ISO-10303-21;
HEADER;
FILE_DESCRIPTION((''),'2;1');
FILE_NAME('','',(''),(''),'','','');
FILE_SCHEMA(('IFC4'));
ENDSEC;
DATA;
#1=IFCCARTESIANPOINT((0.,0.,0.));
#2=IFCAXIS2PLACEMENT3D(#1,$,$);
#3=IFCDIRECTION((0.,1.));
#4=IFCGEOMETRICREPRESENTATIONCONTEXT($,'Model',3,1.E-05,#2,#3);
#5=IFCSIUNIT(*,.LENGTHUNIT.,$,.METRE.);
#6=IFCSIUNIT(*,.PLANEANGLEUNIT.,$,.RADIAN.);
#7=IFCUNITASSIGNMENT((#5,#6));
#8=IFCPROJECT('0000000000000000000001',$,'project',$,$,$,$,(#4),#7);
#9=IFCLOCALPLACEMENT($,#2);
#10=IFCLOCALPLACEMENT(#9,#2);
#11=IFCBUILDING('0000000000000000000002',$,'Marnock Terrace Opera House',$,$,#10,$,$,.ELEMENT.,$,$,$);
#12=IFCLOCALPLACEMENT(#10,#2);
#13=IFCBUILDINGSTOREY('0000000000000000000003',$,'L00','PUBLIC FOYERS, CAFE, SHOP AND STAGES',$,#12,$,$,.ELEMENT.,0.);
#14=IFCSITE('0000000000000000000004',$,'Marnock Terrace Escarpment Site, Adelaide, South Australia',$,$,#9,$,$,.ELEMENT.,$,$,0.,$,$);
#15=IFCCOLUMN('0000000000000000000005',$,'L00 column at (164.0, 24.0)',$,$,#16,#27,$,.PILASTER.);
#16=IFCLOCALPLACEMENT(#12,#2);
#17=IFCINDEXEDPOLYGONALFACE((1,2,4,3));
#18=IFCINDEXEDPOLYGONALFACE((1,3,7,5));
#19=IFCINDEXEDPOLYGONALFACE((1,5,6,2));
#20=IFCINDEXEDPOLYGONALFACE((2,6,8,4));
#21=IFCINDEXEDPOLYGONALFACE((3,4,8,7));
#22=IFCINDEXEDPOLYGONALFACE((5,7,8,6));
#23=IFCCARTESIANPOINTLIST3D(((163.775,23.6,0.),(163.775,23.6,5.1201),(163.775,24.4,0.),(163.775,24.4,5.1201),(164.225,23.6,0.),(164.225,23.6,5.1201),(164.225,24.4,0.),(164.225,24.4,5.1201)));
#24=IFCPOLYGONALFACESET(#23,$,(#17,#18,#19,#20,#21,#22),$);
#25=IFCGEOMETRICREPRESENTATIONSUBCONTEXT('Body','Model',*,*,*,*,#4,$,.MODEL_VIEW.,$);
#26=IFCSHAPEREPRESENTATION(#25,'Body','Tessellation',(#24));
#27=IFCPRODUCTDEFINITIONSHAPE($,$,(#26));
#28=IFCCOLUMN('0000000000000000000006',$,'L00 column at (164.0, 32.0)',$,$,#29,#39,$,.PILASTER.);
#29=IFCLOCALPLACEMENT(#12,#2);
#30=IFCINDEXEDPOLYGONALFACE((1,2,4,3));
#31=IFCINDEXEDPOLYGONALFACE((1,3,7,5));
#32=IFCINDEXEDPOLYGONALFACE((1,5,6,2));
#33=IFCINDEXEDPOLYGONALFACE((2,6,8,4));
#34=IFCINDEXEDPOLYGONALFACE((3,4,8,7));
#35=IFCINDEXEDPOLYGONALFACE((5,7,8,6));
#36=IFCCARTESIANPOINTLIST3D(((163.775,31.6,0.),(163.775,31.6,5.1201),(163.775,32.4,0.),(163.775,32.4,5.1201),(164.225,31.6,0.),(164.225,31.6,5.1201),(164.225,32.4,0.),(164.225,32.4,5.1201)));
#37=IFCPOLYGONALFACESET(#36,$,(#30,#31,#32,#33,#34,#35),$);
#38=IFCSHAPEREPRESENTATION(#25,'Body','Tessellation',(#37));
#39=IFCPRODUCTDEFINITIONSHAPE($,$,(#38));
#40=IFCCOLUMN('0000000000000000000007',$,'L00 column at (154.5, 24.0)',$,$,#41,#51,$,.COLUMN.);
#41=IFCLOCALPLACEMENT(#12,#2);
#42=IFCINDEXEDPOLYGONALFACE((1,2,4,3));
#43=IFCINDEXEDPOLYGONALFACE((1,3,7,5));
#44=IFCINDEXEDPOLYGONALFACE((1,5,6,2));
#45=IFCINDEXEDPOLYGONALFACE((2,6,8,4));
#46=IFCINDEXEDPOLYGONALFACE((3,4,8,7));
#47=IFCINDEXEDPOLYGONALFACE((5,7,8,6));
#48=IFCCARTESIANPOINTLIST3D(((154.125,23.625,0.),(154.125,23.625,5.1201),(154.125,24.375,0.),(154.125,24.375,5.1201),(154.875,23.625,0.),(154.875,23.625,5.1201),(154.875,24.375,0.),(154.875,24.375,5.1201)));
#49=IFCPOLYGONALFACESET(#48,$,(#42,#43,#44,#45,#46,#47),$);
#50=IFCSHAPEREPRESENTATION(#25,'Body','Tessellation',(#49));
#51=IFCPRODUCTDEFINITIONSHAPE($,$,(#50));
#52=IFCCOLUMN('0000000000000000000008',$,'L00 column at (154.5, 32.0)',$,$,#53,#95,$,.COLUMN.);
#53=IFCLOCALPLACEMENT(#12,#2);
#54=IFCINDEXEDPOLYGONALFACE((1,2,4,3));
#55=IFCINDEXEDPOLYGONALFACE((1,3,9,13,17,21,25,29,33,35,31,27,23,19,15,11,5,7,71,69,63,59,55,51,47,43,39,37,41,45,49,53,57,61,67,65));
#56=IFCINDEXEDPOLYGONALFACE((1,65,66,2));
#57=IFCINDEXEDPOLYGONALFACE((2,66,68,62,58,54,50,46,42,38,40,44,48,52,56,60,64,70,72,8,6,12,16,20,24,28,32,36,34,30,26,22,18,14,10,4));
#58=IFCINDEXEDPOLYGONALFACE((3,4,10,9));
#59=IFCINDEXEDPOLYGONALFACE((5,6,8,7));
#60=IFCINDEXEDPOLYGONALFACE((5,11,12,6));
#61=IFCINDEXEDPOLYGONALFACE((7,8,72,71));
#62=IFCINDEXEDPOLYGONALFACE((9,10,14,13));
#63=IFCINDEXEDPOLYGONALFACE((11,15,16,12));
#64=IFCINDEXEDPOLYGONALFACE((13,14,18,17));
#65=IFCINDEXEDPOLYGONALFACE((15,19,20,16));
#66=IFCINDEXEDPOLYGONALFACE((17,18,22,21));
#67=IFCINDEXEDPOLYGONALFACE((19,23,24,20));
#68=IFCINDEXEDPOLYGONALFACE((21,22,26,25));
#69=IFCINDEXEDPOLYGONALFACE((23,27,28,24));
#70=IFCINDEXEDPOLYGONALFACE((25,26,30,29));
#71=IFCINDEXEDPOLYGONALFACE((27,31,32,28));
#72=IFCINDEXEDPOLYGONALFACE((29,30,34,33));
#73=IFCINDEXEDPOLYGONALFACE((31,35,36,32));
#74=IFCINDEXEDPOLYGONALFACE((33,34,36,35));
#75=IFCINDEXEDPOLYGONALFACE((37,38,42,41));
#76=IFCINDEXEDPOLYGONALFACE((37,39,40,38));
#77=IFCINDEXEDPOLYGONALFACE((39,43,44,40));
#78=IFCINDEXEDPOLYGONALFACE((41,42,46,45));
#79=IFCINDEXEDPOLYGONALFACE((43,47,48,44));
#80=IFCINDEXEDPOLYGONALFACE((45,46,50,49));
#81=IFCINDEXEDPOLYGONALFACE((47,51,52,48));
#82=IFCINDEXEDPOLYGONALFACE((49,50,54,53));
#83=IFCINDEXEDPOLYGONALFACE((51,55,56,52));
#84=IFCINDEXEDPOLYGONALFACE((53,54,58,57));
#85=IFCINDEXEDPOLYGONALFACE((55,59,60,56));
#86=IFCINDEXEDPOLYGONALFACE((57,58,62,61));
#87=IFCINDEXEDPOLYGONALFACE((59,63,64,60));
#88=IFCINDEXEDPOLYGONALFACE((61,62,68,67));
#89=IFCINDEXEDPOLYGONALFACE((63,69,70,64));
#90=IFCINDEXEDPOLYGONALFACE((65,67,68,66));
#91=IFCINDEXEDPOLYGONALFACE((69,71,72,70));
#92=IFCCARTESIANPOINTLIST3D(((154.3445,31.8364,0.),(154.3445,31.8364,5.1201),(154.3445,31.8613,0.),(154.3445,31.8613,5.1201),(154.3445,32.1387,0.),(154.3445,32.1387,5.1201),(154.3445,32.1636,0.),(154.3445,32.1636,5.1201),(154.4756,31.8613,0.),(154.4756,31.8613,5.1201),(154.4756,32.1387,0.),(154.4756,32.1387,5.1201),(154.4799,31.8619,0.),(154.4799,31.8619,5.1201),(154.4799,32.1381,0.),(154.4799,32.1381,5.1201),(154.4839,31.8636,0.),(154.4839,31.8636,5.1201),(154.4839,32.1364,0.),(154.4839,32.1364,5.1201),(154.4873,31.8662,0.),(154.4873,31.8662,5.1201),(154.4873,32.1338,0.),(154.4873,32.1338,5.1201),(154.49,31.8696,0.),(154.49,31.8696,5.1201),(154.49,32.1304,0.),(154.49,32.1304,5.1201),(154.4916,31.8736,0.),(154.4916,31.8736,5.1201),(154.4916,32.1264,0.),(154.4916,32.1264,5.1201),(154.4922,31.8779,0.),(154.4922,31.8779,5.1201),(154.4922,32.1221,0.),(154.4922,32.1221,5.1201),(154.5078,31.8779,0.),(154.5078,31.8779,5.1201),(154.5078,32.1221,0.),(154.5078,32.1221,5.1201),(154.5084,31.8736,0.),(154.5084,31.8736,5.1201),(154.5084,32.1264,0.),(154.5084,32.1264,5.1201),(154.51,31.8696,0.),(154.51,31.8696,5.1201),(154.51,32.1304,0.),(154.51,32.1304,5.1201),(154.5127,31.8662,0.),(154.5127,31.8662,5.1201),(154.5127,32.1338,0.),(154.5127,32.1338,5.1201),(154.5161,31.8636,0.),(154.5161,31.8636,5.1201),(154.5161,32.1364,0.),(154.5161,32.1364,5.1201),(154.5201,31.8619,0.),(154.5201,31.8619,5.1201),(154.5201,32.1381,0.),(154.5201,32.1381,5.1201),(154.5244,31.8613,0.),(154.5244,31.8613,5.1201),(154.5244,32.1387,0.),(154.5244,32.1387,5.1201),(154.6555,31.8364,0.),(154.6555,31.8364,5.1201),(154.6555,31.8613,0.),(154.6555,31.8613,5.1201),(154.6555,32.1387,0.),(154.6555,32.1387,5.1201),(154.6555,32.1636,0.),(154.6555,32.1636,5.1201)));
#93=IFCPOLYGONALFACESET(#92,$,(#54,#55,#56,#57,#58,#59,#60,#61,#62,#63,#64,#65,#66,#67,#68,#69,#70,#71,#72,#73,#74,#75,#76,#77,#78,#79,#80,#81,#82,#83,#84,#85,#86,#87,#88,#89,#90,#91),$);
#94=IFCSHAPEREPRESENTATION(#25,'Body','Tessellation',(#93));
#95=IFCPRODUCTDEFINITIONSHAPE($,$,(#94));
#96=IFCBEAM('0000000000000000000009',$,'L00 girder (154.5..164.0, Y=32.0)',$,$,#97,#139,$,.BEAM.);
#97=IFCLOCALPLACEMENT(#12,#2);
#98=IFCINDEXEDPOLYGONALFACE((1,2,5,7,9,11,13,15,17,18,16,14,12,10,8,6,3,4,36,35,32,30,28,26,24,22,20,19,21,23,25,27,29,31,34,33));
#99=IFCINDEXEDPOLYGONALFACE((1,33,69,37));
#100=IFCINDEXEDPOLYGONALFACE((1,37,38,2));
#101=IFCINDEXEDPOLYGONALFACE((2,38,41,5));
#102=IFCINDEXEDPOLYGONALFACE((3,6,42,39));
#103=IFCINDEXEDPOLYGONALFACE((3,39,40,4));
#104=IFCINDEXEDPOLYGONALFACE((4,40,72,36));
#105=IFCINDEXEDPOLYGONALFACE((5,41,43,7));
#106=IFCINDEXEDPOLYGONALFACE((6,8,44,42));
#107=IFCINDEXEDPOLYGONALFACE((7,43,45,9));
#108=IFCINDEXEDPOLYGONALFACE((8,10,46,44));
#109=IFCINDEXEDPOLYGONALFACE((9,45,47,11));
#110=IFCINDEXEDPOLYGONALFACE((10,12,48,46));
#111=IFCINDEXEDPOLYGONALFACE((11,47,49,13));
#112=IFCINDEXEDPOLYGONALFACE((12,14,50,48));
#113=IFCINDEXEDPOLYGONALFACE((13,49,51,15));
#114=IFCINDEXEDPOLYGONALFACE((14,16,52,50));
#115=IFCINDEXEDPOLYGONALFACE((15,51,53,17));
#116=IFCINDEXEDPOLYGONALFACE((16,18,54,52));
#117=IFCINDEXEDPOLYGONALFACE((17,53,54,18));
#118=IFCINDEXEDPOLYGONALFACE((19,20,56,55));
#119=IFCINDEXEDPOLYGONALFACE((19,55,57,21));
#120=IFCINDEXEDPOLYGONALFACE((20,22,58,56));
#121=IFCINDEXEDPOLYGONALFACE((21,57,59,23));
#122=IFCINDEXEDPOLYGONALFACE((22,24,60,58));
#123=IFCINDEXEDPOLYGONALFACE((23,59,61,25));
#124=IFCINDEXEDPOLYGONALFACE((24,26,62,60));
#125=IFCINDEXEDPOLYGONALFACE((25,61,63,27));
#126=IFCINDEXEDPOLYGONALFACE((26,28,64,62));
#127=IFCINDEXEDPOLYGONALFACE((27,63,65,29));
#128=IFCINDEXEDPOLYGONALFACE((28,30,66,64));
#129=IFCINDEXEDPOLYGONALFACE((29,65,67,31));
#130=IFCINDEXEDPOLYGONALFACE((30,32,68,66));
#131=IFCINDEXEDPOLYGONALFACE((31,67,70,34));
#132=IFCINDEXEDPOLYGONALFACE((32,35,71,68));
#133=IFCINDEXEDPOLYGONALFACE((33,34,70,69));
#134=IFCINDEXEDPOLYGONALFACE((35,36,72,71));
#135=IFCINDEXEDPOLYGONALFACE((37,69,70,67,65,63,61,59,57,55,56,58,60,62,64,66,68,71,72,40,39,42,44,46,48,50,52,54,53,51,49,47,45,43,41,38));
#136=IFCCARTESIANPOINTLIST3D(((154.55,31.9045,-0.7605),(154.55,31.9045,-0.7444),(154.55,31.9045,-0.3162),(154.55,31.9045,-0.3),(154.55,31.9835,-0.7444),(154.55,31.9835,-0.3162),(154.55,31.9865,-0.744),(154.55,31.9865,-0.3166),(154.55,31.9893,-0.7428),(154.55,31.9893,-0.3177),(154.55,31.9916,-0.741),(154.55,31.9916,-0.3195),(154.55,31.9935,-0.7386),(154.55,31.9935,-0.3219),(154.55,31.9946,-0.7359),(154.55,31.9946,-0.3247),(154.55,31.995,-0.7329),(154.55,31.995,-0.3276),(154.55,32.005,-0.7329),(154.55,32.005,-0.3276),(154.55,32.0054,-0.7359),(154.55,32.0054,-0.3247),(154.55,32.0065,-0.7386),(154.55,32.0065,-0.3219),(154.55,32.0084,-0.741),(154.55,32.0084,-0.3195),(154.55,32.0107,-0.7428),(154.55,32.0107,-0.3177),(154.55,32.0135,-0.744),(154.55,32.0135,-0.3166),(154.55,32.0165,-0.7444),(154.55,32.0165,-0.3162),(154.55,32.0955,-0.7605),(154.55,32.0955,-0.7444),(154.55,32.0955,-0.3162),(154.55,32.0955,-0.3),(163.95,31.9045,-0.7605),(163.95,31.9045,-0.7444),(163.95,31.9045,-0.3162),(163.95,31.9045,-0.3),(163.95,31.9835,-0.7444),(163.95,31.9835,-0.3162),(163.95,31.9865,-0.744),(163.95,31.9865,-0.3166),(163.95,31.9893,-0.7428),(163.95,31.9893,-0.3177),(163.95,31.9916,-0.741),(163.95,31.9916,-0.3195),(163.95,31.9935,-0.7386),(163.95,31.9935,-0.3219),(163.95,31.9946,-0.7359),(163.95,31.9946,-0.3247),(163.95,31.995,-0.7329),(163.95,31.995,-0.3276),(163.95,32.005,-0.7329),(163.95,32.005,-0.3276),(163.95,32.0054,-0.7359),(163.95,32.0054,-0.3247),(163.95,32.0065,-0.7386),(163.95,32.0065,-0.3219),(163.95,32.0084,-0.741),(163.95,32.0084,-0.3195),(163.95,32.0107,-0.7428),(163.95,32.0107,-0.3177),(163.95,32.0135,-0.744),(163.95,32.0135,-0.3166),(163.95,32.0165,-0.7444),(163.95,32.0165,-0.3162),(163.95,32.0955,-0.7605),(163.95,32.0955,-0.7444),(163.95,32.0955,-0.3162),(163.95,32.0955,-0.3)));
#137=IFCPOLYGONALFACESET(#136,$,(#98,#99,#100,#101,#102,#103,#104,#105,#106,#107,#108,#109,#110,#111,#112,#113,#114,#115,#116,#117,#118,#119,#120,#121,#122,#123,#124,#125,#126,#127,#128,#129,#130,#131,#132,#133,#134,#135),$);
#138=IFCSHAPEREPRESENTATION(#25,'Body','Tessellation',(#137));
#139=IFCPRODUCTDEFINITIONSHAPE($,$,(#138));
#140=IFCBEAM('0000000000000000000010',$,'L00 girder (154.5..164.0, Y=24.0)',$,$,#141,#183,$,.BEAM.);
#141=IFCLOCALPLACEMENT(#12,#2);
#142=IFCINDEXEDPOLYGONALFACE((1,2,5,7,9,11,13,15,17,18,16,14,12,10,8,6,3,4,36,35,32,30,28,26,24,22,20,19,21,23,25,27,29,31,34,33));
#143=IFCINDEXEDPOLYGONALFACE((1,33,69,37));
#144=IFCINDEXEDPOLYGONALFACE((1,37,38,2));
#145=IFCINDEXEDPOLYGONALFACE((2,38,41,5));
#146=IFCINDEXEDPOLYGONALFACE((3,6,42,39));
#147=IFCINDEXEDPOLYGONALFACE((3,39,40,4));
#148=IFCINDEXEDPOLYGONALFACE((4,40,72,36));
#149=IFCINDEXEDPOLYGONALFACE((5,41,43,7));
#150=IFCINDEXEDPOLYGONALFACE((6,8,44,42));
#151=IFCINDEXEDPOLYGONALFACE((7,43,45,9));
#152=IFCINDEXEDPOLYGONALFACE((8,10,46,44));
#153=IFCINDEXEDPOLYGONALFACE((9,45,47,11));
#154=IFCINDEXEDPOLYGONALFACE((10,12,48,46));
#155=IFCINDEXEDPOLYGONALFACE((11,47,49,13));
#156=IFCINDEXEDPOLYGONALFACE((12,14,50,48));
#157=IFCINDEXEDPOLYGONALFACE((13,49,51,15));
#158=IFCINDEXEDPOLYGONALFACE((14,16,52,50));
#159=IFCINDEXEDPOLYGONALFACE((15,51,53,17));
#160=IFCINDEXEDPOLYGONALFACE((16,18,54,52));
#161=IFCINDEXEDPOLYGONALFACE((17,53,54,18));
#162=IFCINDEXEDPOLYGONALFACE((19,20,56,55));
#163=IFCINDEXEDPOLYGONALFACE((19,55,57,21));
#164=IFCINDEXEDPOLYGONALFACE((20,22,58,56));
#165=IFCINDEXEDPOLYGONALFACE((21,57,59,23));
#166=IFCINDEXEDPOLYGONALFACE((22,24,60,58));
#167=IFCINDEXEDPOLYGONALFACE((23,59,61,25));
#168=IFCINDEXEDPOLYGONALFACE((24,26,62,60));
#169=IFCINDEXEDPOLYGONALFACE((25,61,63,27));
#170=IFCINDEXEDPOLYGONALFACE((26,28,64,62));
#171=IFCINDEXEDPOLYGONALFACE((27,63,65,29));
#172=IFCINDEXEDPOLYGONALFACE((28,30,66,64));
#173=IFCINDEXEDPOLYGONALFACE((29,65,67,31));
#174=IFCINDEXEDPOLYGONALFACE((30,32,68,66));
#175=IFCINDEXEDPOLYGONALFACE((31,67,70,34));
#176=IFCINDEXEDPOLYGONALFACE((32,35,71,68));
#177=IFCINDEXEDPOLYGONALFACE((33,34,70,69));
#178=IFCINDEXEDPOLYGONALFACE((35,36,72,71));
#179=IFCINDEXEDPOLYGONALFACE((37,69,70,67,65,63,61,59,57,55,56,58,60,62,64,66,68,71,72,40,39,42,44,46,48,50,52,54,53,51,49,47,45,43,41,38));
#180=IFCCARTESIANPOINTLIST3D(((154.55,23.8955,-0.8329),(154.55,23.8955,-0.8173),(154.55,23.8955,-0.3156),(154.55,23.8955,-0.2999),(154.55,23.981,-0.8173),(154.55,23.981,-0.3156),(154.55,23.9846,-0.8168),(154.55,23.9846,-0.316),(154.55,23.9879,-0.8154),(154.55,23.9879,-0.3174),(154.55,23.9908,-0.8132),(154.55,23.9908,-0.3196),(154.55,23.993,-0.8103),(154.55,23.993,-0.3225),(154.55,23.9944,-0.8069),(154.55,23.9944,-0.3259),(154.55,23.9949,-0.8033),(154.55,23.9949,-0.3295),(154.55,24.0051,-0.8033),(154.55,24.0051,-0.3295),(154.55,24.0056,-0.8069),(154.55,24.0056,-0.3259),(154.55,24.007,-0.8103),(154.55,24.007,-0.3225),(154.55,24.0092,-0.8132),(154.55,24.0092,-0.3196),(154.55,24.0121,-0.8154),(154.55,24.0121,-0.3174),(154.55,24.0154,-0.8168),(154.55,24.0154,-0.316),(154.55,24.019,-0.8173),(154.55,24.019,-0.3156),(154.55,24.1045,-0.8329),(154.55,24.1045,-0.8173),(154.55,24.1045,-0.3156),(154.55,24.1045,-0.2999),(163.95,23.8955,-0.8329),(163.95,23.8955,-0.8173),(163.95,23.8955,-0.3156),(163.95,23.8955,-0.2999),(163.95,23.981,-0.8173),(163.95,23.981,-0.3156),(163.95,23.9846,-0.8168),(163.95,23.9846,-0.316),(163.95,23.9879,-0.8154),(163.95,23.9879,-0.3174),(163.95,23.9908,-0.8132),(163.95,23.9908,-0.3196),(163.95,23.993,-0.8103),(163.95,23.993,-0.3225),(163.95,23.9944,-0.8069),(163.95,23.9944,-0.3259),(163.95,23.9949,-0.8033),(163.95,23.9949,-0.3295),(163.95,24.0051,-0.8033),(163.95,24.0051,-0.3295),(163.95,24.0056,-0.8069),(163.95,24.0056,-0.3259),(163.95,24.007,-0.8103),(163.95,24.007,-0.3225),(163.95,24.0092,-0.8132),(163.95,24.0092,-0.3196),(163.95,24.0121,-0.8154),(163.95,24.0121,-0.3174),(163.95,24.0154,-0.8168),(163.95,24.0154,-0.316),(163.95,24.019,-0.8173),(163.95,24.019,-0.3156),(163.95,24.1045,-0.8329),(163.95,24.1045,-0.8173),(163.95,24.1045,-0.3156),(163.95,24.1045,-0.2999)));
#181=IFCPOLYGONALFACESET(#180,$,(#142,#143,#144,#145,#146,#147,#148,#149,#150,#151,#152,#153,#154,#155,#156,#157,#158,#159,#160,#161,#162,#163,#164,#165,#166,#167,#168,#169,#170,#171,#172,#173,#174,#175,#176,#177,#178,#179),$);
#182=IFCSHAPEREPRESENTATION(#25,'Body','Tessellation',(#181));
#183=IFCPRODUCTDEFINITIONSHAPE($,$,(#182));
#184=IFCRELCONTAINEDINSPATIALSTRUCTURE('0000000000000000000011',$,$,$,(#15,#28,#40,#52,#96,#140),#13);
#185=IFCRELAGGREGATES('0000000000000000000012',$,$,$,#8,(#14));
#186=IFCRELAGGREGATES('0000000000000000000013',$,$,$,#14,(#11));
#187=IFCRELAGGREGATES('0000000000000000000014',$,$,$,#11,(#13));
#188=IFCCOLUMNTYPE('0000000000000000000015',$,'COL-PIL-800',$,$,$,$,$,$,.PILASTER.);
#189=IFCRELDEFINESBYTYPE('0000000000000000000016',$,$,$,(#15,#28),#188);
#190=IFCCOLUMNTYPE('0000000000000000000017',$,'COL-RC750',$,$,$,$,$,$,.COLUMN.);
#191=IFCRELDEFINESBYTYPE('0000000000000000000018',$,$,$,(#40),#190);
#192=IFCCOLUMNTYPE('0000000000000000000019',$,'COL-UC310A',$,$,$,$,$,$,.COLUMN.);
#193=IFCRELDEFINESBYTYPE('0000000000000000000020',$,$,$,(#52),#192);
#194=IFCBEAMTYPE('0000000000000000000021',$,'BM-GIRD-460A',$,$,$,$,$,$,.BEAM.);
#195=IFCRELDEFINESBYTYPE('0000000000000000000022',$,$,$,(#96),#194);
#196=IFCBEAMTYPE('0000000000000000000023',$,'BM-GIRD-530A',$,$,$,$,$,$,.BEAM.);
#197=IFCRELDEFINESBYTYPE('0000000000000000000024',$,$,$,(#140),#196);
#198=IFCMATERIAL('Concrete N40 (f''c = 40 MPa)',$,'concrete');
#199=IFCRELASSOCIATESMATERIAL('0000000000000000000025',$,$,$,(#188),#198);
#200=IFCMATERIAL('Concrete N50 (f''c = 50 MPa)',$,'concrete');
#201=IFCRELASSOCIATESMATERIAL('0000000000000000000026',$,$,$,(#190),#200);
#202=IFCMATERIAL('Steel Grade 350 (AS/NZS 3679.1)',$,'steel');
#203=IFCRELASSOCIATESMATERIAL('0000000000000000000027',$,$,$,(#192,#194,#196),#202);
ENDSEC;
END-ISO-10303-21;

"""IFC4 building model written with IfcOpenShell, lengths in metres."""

from ifc_helpers import new_model, si_unit, direction, frame, origin, origin_2d, place, context, subcontext, project, spatial, rectangle, i_section, extrude, material, material_profile, profile_set, type_object, element, save


model = new_model("IFC4")

# Units and contexts
model_context = context("Model", 3, precision=1e-05, world=origin(), true_north=direction((0.0, 1.0)))
body_context = subcontext(model_context, "Body", "Model", "MODEL_VIEW")
ifc_project = project(units=[si_unit("LENGTHUNIT", "METRE"), si_unit("PLANEANGLEUNIT", "RADIAN")], contexts=[model_context])

# Site, building, storey
site_placement = place(None, origin())
site = spatial("IfcSite", under=ifc_project, at=site_placement, Name="Marnock Terrace Escarpment Site, Adelaide, South Australia", CompositionType="ELEMENT", RefElevation=0.0)
building_placement = place(site_placement, origin())
building = spatial("IfcBuilding", under=site, at=building_placement, Name="Marnock Terrace Opera House", CompositionType="ELEMENT")
storey_placement = place(building_placement, origin())
storey = spatial("IfcBuildingStorey", under=building, at=storey_placement, Name="L00", Description="PUBLIC FOYERS, CAFE, SHOP AND STAGES", CompositionType="ELEMENT", Elevation=0.0)

# Columns
ifc_material_1 = material(Name="Concrete N40 (f'c = 40 MPa)", Category="concrete")
ifc_material_profile_1 = material_profile(ifc_material_1, rectangle(XDim=0.45, YDim=0.8, at=origin_2d()))
ifc_profile_set_1 = profile_set([ifc_material_profile_1], Name="Concrete N40 (f'c = 40 MPa)")
column_type_1 = type_object("IfcColumnType", Name="COL-PIL-800", PredefinedType="PILASTER", material=ifc_profile_set_1)
for number, where, z_axis, x_axis, name in (
    (1, (164.0, 24.0, 0.0), (0.0, 0.0, 1.0), (1.0, 0.0, 0.0), "L00 column at (164.0, 24.0)"),
    (2, (164.0, 32.0, 0.0), (0.0, 0.0, 1.0), (1.0, 0.0, 0.0), "L00 column at (164.0, 32.0)"),
):
    element("IfcColumn", number, at=place(storey_placement, frame(where, z_axis=z_axis, x_axis=x_axis)), inside=storey, type_object=column_type_1, Name=name, PredefinedType="PILASTER", context=body_context, shape_type="SweptSolid", body=[
        extrude(rectangle(XDim=0.45, YDim=0.8, at=origin_2d()), origin(), (0.0, 0.0, 1.0), 5.1201),
    ])
ifc_material_2 = material(Name="Concrete N50 (f'c = 50 MPa)", Category="concrete")
ifc_material_profile_2 = material_profile(ifc_material_2, rectangle(XDim=0.75, YDim=0.75, at=origin_2d()))
ifc_profile_set_2 = profile_set([ifc_material_profile_2], Name="Concrete N50 (f'c = 50 MPa)")
column_type_2 = type_object("IfcColumnType", Name="COL-RC750", PredefinedType="COLUMN", material=ifc_profile_set_2)
column_1_placement = place(storey_placement, frame((154.5, 24.0, 0.0), z_axis=(0.0, 0.0, 1.0), x_axis=(1.0, 0.0, 0.0)))
element("IfcColumn", 3, at=column_1_placement, inside=storey, type_object=column_type_2, Name="L00 column at (154.5, 24.0)", PredefinedType="COLUMN", context=body_context, shape_type="SweptSolid", body=[
    extrude(rectangle(XDim=0.75, YDim=0.75, at=origin_2d()), origin(), (0.0, 0.0, 1.0), 5.1201),
])
ifc_material_3 = material(Name="Steel Grade 350 (AS/NZS 3679.1)", Category="steel")
ifc_material_profile_3 = material_profile(ifc_material_3, i_section(OverallWidth=0.311, OverallDepth=0.3271, WebThickness=0.0156, FlangeThickness=0.0249, FilletRadius=0.0166, at=origin_2d()))
ifc_profile_set_3 = profile_set([ifc_material_profile_3], Name="Steel Grade 350 (AS/NZS 3679.1)")
column_type_3 = type_object("IfcColumnType", Name="COL-UC310A", PredefinedType="COLUMN", material=ifc_profile_set_3)
column_2_placement = place(storey_placement, frame((154.5, 32.0, 0.0), z_axis=(0.0, 0.0, 1.0), x_axis=(1.0, 0.0, 0.0)))
element("IfcColumn", 4, at=column_2_placement, inside=storey, type_object=column_type_3, Name="L00 column at (154.5, 32.0)", PredefinedType="COLUMN", context=body_context, shape_type="SweptSolid", body=[
    extrude(i_section(OverallWidth=0.311, OverallDepth=0.3271, WebThickness=0.0156, FlangeThickness=0.0249, FilletRadius=0.0166, at=origin_2d()), origin(), (0.0, 0.0, 1.0), 5.1201),
])

# Beams
ifc_material_profile_4 = material_profile(ifc_material_3, i_section(OverallWidth=0.1909, OverallDepth=0.4604, WebThickness=0.01, FlangeThickness=0.0161, FilletRadius=0.0115, at=origin_2d()))
ifc_profile_set_4 = profile_set([ifc_material_profile_4], Name="Steel Grade 350 (AS/NZS 3679.1)")
beam_type_1 = type_object("IfcBeamType", Name="BM-GIRD-460A", PredefinedType="BEAM", material=ifc_profile_set_4)
beam_1_placement = place(storey_placement, frame((154.55, 32.0, -0.5303), z_axis=(1.0, 0.0, 0.0), x_axis=(0.0, 1.0, 0.0)))
element("IfcBeam", 5, at=beam_1_placement, inside=storey, type_object=beam_type_1, Name="L00 girder (154.5..164.0, Y=32.0)", PredefinedType="BEAM", context=body_context, shape_type="SweptSolid", body=[
    extrude(i_section(OverallWidth=0.1909, OverallDepth=0.4604, WebThickness=0.01, FlangeThickness=0.0161, FilletRadius=0.0115, at=origin_2d()), origin(), (0.0, 0.0, 1.0), 9.3999),
])
ifc_material_profile_5 = material_profile(ifc_material_3, i_section(OverallWidth=0.209, OverallDepth=0.533, WebThickness=0.0103, FlangeThickness=0.0156, FilletRadius=0.0139, at=origin_2d()))
ifc_profile_set_5 = profile_set([ifc_material_profile_5], Name="Steel Grade 350 (AS/NZS 3679.1)")
beam_type_2 = type_object("IfcBeamType", Name="BM-GIRD-530A", PredefinedType="BEAM", material=ifc_profile_set_5)
beam_2_placement = place(storey_placement, frame((154.55, 24.0, -0.5664), z_axis=(1.0, 0.0, 0.0), x_axis=(0.0, 1.0, 0.0)))
element("IfcBeam", 6, at=beam_2_placement, inside=storey, type_object=beam_type_2, Name="L00 girder (154.5..164.0, Y=24.0)", PredefinedType="BEAM", context=body_context, shape_type="SweptSolid", body=[
    extrude(i_section(OverallWidth=0.209, OverallDepth=0.533, WebThickness=0.0103, FlangeThickness=0.0156, FilletRadius=0.0139, at=origin_2d()), origin(), (0.0, 0.0, 1.0), 9.3999),
])

save(model, "model.ifc")
